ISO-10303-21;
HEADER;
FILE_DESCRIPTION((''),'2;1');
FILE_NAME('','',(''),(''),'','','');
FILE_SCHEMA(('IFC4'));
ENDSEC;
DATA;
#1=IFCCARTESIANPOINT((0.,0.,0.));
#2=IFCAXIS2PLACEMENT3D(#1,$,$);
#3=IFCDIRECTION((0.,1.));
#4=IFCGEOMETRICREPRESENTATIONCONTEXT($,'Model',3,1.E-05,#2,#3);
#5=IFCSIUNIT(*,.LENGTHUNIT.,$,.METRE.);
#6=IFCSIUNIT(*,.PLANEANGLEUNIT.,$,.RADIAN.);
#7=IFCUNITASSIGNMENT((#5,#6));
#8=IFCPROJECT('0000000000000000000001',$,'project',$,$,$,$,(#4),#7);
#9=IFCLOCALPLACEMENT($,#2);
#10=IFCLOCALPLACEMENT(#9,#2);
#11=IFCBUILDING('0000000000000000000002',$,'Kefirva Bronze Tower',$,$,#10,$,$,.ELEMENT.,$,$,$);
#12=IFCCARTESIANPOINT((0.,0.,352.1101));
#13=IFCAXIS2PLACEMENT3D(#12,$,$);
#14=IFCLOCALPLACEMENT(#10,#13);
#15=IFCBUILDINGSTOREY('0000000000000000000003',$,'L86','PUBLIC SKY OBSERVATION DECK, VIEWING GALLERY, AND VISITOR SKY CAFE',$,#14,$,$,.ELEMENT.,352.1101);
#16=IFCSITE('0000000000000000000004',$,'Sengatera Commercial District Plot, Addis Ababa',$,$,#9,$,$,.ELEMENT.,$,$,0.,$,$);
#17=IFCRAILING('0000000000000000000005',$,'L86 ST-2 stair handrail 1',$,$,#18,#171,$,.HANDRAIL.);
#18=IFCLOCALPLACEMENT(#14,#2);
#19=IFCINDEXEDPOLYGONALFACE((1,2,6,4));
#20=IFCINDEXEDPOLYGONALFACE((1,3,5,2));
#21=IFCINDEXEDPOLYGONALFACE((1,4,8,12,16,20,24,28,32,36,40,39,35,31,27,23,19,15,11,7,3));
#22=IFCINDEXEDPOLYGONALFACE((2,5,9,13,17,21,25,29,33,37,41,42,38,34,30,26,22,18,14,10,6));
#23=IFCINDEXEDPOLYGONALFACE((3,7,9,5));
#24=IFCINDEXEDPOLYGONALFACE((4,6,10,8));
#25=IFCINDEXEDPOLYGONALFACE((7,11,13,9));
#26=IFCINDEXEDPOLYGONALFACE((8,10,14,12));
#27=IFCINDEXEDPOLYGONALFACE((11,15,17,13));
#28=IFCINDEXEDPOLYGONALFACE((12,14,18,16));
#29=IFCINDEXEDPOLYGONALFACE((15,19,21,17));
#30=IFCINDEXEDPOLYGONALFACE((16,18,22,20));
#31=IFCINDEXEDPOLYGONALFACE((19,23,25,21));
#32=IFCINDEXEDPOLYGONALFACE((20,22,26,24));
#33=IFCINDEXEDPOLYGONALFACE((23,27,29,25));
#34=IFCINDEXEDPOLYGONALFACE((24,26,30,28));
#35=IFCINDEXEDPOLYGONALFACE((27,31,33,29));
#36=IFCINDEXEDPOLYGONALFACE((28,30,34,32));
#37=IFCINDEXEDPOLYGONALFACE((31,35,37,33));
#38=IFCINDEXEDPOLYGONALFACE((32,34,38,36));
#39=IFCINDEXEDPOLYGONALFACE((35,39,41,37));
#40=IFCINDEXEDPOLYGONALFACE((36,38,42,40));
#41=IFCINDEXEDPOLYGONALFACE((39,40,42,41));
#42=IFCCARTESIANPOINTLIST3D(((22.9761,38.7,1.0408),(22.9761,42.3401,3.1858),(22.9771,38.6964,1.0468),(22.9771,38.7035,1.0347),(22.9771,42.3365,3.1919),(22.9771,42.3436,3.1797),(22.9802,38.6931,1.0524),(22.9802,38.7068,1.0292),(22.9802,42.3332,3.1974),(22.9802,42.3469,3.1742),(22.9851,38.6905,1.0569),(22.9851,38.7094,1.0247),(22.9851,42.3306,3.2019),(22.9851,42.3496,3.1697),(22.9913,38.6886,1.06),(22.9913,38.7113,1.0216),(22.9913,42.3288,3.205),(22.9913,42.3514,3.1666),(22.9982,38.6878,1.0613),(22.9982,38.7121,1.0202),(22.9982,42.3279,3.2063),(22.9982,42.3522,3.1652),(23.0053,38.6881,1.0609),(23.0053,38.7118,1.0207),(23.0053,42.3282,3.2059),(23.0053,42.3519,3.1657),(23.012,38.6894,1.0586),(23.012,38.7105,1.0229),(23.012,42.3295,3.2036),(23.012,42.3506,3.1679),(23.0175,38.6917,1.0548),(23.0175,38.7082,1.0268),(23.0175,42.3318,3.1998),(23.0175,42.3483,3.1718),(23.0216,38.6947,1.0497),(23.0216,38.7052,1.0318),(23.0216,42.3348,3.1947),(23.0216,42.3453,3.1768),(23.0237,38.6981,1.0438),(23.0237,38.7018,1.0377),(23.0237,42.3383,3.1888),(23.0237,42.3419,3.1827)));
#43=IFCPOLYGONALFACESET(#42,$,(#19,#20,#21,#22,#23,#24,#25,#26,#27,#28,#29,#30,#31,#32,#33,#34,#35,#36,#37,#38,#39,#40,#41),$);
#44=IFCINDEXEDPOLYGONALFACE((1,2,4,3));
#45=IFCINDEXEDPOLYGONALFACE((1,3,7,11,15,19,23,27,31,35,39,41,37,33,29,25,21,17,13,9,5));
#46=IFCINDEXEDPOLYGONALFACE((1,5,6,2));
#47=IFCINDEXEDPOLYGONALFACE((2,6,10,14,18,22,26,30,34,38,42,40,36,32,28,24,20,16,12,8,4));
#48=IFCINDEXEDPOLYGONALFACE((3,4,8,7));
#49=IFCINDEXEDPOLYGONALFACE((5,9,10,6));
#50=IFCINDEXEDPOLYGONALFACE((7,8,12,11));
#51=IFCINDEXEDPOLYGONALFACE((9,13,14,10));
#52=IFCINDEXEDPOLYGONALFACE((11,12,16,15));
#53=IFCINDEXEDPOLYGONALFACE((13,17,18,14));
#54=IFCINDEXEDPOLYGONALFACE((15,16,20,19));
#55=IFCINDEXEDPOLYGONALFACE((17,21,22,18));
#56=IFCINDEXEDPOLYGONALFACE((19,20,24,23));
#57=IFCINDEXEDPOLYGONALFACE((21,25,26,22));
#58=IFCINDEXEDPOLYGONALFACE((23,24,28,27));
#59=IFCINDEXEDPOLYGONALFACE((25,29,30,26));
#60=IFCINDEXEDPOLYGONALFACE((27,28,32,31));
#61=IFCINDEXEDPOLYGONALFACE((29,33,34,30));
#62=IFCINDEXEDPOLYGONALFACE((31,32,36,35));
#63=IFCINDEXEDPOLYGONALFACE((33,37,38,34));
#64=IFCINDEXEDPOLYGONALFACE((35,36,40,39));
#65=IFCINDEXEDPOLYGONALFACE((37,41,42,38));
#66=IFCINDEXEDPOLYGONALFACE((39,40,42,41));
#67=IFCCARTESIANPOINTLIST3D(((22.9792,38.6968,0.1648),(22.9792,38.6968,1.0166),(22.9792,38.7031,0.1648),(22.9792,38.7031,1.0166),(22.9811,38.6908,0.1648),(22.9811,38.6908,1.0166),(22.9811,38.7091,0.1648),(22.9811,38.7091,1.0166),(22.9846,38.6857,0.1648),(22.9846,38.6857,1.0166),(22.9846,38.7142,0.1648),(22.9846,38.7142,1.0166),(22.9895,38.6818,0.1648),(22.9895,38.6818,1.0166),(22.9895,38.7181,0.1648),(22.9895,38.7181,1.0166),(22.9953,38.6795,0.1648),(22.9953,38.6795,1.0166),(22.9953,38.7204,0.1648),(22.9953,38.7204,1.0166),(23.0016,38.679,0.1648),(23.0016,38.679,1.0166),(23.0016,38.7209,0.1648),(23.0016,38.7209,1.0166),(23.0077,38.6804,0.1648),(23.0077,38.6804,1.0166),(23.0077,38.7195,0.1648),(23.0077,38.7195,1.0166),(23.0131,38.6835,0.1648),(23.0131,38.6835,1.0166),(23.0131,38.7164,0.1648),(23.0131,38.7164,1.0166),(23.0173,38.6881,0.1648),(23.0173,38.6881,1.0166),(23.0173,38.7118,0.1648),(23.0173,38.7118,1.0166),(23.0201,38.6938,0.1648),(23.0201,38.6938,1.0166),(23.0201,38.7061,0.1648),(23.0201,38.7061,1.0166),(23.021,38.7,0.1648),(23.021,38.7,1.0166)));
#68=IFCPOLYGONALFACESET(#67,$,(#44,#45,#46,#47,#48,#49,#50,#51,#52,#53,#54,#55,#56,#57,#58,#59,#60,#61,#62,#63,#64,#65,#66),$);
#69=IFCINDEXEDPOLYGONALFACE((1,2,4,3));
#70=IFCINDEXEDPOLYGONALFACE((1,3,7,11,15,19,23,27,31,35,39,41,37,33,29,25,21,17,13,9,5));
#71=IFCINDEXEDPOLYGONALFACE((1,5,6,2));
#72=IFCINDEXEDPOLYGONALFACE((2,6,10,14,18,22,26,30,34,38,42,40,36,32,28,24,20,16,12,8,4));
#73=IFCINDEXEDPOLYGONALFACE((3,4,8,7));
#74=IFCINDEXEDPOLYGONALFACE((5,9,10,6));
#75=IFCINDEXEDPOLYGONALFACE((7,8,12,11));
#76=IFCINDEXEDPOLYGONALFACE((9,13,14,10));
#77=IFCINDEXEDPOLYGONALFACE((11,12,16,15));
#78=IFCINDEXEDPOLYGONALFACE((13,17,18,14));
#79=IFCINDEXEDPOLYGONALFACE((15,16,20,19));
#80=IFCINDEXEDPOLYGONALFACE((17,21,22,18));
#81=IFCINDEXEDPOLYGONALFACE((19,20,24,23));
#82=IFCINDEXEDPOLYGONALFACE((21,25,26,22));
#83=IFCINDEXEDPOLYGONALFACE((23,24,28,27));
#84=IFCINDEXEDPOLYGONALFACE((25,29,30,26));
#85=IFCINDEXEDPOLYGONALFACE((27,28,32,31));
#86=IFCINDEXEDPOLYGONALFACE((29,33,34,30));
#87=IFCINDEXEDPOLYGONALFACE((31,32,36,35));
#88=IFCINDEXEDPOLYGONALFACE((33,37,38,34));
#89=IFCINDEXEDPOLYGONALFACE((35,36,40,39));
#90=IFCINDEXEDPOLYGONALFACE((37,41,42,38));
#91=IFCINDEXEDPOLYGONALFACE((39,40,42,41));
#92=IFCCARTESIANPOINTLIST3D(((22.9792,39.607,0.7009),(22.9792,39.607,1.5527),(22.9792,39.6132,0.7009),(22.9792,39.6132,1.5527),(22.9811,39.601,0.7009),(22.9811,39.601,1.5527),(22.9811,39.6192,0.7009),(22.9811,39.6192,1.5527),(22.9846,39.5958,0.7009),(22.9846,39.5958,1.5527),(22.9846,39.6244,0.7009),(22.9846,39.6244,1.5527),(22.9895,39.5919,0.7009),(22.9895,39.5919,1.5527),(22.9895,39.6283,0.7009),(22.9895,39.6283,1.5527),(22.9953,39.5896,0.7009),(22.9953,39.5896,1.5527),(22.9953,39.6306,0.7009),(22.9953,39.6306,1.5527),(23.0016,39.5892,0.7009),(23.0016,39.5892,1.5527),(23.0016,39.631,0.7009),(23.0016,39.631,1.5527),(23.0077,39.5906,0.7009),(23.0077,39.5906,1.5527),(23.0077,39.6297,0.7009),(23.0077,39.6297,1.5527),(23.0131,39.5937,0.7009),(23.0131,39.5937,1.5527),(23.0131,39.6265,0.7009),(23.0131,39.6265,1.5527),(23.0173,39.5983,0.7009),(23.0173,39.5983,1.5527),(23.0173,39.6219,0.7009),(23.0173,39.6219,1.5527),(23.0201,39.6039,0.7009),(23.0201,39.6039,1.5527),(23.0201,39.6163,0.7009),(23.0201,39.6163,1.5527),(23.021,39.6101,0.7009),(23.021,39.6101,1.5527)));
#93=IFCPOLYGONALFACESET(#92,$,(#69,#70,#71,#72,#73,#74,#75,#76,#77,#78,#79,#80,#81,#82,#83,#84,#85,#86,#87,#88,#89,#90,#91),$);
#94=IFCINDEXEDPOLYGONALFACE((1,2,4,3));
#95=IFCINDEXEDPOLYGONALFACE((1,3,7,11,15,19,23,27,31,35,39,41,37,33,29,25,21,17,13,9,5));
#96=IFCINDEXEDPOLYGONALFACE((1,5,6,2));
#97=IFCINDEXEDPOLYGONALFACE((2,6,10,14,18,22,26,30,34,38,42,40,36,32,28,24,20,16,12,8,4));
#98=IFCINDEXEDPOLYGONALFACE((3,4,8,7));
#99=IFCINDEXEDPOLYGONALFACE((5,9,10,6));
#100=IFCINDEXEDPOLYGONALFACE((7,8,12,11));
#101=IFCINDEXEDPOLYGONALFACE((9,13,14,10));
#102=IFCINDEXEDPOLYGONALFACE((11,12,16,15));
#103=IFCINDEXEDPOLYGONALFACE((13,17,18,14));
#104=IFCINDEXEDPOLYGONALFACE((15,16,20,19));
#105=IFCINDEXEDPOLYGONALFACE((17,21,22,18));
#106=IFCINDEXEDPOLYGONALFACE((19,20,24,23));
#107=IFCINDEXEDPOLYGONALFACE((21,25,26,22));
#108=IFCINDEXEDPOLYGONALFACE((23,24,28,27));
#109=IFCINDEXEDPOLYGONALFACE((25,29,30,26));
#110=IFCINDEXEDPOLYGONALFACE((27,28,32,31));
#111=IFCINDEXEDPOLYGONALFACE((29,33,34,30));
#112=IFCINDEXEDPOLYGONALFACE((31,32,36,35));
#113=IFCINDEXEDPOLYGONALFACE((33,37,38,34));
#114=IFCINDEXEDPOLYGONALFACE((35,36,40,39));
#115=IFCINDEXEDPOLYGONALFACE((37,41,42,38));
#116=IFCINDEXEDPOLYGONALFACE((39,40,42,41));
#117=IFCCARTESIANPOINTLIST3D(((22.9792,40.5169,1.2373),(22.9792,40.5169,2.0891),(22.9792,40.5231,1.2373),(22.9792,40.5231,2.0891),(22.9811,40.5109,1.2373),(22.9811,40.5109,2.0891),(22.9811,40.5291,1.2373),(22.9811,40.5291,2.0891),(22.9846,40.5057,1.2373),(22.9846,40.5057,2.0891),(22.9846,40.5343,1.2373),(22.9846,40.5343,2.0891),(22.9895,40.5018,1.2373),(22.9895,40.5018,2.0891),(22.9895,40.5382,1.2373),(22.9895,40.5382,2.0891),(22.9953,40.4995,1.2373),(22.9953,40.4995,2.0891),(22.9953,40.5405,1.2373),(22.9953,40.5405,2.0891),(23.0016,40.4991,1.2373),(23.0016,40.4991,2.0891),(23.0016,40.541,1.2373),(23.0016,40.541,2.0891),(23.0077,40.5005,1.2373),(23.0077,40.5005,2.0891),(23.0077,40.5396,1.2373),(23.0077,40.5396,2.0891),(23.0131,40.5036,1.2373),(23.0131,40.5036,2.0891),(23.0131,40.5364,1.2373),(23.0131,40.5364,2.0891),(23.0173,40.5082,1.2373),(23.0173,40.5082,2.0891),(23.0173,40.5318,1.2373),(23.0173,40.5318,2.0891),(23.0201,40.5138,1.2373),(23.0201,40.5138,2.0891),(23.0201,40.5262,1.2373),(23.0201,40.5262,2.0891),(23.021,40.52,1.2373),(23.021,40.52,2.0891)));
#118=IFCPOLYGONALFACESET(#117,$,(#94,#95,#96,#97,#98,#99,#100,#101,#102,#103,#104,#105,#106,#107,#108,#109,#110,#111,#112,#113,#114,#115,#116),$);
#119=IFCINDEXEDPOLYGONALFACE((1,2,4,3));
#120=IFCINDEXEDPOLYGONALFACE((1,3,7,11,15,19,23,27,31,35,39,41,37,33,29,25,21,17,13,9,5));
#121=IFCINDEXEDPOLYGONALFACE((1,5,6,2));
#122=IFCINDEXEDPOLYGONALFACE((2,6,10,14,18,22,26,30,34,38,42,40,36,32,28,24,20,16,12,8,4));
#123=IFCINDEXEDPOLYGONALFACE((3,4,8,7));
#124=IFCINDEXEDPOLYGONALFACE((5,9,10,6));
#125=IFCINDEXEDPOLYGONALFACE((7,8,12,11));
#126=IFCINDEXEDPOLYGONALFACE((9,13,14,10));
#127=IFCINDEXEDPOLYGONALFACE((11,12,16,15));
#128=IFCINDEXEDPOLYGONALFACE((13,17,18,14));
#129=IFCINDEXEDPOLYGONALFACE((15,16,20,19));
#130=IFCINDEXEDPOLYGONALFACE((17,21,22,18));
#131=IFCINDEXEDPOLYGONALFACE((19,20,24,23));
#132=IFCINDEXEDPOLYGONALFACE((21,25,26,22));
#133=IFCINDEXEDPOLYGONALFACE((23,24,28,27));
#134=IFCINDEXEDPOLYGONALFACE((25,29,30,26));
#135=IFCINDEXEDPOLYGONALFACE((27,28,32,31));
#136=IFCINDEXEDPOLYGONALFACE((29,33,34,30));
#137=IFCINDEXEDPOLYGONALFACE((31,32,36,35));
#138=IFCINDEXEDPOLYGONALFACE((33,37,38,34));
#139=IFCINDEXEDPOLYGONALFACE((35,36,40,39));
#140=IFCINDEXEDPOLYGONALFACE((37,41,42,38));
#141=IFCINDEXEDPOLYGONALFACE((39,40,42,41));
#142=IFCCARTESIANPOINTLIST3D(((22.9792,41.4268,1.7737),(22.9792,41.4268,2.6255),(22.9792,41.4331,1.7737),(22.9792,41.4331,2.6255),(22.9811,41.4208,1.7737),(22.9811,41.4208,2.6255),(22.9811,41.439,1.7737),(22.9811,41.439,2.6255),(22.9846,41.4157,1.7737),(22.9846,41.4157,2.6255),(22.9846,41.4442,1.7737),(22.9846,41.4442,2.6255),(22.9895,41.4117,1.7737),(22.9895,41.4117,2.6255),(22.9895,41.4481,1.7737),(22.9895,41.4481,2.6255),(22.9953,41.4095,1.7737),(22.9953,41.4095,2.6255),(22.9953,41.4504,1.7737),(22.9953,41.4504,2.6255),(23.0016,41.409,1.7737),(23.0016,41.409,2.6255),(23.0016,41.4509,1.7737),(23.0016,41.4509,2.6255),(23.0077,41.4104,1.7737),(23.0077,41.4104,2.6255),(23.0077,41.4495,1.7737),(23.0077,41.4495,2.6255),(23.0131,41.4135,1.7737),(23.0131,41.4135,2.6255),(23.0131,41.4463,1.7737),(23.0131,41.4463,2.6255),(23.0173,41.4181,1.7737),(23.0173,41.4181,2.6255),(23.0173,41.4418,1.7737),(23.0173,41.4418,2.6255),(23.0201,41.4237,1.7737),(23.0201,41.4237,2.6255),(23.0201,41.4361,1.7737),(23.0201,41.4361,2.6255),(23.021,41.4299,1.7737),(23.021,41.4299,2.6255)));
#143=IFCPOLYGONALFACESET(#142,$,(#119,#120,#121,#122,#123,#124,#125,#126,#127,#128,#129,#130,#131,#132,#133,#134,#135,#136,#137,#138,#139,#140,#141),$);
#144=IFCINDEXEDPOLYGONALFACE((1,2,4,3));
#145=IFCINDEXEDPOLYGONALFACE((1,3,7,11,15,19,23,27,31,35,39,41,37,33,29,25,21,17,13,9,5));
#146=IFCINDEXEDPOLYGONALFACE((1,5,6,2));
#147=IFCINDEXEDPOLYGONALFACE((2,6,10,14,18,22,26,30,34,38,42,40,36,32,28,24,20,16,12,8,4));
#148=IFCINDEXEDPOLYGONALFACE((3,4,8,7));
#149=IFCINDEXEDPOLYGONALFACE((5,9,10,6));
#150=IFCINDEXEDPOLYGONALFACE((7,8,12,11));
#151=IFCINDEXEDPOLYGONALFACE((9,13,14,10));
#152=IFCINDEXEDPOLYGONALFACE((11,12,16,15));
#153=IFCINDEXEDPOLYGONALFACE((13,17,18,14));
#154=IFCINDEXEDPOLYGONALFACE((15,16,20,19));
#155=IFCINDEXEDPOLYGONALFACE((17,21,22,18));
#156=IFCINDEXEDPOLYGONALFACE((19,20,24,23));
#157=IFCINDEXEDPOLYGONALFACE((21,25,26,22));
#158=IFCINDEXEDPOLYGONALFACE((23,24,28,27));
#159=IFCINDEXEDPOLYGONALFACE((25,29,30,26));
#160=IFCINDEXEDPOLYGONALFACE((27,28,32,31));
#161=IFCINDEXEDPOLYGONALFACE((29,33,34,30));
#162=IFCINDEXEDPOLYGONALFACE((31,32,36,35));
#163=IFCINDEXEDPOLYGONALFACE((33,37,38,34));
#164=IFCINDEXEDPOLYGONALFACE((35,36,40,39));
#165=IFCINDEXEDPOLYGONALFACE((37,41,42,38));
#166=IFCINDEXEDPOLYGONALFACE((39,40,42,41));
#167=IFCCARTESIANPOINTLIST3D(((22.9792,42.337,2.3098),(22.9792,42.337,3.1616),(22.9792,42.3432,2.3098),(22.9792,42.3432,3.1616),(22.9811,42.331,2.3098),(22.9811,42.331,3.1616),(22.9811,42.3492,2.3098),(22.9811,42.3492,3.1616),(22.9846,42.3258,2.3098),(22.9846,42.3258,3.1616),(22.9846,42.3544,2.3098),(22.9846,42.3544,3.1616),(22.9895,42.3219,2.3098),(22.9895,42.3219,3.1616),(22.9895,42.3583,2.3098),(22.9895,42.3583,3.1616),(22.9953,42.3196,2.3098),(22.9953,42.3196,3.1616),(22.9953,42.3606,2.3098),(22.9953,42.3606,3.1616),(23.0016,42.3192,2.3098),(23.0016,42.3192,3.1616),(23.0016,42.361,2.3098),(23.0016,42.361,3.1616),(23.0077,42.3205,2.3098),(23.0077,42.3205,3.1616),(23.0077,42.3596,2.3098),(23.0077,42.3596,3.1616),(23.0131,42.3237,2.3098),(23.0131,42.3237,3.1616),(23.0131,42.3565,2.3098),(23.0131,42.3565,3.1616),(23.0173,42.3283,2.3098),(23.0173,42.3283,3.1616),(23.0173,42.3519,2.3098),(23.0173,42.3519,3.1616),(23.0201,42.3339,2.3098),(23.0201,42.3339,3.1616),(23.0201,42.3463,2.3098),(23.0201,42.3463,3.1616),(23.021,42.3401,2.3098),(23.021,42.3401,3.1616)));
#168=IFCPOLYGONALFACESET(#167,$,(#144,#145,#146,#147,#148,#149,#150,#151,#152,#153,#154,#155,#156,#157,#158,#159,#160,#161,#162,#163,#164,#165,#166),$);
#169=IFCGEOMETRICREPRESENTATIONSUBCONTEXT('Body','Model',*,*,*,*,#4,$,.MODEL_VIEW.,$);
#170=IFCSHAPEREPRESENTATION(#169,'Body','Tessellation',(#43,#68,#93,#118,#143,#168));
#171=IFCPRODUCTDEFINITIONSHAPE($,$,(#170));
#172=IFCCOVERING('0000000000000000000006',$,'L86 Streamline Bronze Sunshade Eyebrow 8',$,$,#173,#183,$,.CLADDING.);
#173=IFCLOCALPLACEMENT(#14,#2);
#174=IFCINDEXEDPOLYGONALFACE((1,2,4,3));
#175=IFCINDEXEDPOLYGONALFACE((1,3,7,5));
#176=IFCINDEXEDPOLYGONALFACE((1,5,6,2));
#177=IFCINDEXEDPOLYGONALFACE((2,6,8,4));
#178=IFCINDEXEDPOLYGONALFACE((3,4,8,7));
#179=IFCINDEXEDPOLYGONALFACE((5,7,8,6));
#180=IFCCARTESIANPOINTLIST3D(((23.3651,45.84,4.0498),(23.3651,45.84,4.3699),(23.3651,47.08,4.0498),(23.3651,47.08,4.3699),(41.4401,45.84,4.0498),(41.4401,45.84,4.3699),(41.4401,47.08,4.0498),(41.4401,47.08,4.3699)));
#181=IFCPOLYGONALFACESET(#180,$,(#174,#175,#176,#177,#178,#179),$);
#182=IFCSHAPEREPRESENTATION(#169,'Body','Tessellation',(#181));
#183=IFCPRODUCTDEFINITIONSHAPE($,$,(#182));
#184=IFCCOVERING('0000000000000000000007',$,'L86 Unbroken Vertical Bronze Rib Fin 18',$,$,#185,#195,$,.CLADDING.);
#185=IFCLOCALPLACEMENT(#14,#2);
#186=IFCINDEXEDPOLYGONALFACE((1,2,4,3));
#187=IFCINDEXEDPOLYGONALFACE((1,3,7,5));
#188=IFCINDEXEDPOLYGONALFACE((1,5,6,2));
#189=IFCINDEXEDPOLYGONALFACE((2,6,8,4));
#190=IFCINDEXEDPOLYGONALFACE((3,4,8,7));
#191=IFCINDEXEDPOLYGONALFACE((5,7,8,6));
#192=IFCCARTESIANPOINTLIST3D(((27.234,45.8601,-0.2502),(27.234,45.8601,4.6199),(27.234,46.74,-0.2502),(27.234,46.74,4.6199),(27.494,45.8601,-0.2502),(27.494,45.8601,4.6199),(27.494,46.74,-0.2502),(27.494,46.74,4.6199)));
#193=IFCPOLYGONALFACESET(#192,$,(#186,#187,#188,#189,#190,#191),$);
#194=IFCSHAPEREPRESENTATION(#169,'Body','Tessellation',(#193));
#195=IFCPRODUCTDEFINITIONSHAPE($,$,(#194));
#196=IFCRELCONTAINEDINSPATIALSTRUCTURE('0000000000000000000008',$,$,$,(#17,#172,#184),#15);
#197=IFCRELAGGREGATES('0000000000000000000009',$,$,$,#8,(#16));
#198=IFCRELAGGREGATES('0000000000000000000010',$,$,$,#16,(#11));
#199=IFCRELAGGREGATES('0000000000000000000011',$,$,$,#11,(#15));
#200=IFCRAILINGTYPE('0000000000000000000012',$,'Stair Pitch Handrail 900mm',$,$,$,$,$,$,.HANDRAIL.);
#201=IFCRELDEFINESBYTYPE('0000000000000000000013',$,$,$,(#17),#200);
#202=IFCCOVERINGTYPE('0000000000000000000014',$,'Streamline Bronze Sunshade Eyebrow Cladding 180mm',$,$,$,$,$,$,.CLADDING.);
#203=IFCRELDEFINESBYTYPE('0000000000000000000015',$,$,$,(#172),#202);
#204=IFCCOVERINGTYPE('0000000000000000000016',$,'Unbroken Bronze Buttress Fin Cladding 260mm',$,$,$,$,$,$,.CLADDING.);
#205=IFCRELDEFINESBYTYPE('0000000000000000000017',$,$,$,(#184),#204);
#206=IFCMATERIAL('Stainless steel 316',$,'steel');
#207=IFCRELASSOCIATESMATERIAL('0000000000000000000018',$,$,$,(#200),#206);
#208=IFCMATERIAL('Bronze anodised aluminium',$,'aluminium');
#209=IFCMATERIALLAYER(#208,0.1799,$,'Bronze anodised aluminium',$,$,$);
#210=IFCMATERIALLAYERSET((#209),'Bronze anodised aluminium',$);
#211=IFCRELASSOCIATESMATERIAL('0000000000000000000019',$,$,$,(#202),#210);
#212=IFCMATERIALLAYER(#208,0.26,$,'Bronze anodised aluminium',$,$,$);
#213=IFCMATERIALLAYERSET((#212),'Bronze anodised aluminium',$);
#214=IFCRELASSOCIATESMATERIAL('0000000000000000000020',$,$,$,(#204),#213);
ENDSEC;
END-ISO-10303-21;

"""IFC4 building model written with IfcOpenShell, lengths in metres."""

from ifc_helpers import new_model, si_unit, direction, frame, origin, origin_2d, place, context, subcontext, project, spatial, rectangle, circle, extrude, material, layer, layer_set, type_object, element, save


model = new_model("IFC4")

# Units and contexts
model_context = context("Model", 3, precision=1e-05, world=origin(), true_north=direction((0.0, 1.0)))
body_context = subcontext(model_context, "Body", "Model", "MODEL_VIEW")
ifc_project = project(units=[si_unit("LENGTHUNIT", "METRE"), si_unit("PLANEANGLEUNIT", "RADIAN")], contexts=[model_context])

# Site, building, storey
site_placement = place(None, origin())
site = spatial("IfcSite", under=ifc_project, at=site_placement, Name="Sengatera Commercial District Plot, Addis Ababa", CompositionType="ELEMENT", RefElevation=0.0)
building_placement = place(site_placement, origin())
building = spatial("IfcBuilding", under=site, at=building_placement, Name="Kefirva Bronze Tower", CompositionType="ELEMENT")
storey_placement = place(building_placement, frame((0.0, 0.0, 352.1101)))
storey = spatial("IfcBuildingStorey", under=building, at=storey_placement, Name="L86", Description="PUBLIC SKY OBSERVATION DECK, VIEWING GALLERY, AND VISITOR SKY CAFE", CompositionType="ELEMENT", Elevation=352.1101)

# Shared definitions
ifc_material_1 = material(Name="Bronze anodised aluminium", Category="aluminium")

# Railing
ifc_material_2 = material(Name="Stainless steel 316", Category="steel")
railing_type_1 = type_object("IfcRailingType", Name="Stair Pitch Handrail 900mm", PredefinedType="HANDRAIL", material=ifc_material_2)
railing_1_placement = place(storey_placement, frame((23.0, 38.7, 0.1648)))
element("IfcRailing", 1, at=railing_1_placement, inside=storey, type_object=railing_type_1, Name="L86 ST-2 stair handrail 1", PredefinedType="HANDRAIL", context=body_context, shape_type="SweptSolid", body=[
    extrude(circle(Radius=0.0239, at=origin_2d()), frame((0.0, 0.0, 0.876), z_axis=(0.0, 0.861545, 0.507682), x_axis=(-1.0, 0.0, 0.0)), (0.0, 0.0, 1.0), 4.2251),
    extrude(circle(Radius=0.021, at=origin_2d()), origin(), (0.0, 0.0, 1.0), 0.8518),
    extrude(circle(Radius=0.021, at=origin_2d()), frame((0.0, 0.9102, 0.5361)), (0.0, 0.0, 1.0), 0.8518),
    extrude(circle(Radius=0.021, at=origin_2d()), frame((0.0, 1.8201, 1.0725)), (0.0, 0.0, 1.0), 0.8518),
    extrude(circle(Radius=0.021, at=origin_2d()), frame((0.0, 2.73, 1.6089)), (0.0, 0.0, 1.0), 0.8518),
    extrude(circle(Radius=0.021, at=origin_2d()), frame((0.0, 3.6401, 2.145)), (0.0, 0.0, 1.0), 0.8518),
])

# Coverings
ifc_layer_1 = layer(ifc_material_1, 0.1799, Name="Bronze anodised aluminium")
ifc_layer_set_1 = layer_set([ifc_layer_1], Name="Bronze anodised aluminium")
covering_type_1 = type_object("IfcCoveringType", Name="Streamline Bronze Sunshade Eyebrow Cladding 180mm", PredefinedType="CLADDING", material=ifc_layer_set_1)
covering_1_placement = place(storey_placement, frame((32.4026, 46.46, 4.0498), z_axis=(0.0, 0.0, 1.0), x_axis=(-1.0, 0.0, 0.0)))
element("IfcCovering", 2, at=covering_1_placement, inside=storey, type_object=covering_type_1, Name="L86 Streamline Bronze Sunshade Eyebrow 8", PredefinedType="CLADDING", context=body_context, shape_type="SweptSolid", body=[
    extrude(rectangle(XDim=18.075, YDim=1.24, at=origin_2d()), origin(), (0.0, 0.0, 1.0), 0.3201),
])
ifc_layer_2 = layer(ifc_material_1, 0.26, Name="Bronze anodised aluminium")
ifc_layer_set_2 = layer_set([ifc_layer_2], Name="Bronze anodised aluminium")
covering_type_2 = type_object("IfcCoveringType", Name="Unbroken Bronze Buttress Fin Cladding 260mm", PredefinedType="CLADDING", material=ifc_layer_set_2)
covering_2_placement = place(storey_placement, frame((27.364, 46.3, -0.2502), z_axis=(0.0, 0.0, 1.0), x_axis=(-1.0, 0.0, 0.0)))
element("IfcCovering", 3, at=covering_2_placement, inside=storey, type_object=covering_type_2, Name="L86 Unbroken Vertical Bronze Rib Fin 18", PredefinedType="CLADDING", context=body_context, shape_type="SweptSolid", body=[
    extrude(rectangle(XDim=0.26, YDim=0.8799, at=origin_2d()), origin(), (0.0, 0.0, 1.0), 4.8701),
])

save(model, "model.ifc")
